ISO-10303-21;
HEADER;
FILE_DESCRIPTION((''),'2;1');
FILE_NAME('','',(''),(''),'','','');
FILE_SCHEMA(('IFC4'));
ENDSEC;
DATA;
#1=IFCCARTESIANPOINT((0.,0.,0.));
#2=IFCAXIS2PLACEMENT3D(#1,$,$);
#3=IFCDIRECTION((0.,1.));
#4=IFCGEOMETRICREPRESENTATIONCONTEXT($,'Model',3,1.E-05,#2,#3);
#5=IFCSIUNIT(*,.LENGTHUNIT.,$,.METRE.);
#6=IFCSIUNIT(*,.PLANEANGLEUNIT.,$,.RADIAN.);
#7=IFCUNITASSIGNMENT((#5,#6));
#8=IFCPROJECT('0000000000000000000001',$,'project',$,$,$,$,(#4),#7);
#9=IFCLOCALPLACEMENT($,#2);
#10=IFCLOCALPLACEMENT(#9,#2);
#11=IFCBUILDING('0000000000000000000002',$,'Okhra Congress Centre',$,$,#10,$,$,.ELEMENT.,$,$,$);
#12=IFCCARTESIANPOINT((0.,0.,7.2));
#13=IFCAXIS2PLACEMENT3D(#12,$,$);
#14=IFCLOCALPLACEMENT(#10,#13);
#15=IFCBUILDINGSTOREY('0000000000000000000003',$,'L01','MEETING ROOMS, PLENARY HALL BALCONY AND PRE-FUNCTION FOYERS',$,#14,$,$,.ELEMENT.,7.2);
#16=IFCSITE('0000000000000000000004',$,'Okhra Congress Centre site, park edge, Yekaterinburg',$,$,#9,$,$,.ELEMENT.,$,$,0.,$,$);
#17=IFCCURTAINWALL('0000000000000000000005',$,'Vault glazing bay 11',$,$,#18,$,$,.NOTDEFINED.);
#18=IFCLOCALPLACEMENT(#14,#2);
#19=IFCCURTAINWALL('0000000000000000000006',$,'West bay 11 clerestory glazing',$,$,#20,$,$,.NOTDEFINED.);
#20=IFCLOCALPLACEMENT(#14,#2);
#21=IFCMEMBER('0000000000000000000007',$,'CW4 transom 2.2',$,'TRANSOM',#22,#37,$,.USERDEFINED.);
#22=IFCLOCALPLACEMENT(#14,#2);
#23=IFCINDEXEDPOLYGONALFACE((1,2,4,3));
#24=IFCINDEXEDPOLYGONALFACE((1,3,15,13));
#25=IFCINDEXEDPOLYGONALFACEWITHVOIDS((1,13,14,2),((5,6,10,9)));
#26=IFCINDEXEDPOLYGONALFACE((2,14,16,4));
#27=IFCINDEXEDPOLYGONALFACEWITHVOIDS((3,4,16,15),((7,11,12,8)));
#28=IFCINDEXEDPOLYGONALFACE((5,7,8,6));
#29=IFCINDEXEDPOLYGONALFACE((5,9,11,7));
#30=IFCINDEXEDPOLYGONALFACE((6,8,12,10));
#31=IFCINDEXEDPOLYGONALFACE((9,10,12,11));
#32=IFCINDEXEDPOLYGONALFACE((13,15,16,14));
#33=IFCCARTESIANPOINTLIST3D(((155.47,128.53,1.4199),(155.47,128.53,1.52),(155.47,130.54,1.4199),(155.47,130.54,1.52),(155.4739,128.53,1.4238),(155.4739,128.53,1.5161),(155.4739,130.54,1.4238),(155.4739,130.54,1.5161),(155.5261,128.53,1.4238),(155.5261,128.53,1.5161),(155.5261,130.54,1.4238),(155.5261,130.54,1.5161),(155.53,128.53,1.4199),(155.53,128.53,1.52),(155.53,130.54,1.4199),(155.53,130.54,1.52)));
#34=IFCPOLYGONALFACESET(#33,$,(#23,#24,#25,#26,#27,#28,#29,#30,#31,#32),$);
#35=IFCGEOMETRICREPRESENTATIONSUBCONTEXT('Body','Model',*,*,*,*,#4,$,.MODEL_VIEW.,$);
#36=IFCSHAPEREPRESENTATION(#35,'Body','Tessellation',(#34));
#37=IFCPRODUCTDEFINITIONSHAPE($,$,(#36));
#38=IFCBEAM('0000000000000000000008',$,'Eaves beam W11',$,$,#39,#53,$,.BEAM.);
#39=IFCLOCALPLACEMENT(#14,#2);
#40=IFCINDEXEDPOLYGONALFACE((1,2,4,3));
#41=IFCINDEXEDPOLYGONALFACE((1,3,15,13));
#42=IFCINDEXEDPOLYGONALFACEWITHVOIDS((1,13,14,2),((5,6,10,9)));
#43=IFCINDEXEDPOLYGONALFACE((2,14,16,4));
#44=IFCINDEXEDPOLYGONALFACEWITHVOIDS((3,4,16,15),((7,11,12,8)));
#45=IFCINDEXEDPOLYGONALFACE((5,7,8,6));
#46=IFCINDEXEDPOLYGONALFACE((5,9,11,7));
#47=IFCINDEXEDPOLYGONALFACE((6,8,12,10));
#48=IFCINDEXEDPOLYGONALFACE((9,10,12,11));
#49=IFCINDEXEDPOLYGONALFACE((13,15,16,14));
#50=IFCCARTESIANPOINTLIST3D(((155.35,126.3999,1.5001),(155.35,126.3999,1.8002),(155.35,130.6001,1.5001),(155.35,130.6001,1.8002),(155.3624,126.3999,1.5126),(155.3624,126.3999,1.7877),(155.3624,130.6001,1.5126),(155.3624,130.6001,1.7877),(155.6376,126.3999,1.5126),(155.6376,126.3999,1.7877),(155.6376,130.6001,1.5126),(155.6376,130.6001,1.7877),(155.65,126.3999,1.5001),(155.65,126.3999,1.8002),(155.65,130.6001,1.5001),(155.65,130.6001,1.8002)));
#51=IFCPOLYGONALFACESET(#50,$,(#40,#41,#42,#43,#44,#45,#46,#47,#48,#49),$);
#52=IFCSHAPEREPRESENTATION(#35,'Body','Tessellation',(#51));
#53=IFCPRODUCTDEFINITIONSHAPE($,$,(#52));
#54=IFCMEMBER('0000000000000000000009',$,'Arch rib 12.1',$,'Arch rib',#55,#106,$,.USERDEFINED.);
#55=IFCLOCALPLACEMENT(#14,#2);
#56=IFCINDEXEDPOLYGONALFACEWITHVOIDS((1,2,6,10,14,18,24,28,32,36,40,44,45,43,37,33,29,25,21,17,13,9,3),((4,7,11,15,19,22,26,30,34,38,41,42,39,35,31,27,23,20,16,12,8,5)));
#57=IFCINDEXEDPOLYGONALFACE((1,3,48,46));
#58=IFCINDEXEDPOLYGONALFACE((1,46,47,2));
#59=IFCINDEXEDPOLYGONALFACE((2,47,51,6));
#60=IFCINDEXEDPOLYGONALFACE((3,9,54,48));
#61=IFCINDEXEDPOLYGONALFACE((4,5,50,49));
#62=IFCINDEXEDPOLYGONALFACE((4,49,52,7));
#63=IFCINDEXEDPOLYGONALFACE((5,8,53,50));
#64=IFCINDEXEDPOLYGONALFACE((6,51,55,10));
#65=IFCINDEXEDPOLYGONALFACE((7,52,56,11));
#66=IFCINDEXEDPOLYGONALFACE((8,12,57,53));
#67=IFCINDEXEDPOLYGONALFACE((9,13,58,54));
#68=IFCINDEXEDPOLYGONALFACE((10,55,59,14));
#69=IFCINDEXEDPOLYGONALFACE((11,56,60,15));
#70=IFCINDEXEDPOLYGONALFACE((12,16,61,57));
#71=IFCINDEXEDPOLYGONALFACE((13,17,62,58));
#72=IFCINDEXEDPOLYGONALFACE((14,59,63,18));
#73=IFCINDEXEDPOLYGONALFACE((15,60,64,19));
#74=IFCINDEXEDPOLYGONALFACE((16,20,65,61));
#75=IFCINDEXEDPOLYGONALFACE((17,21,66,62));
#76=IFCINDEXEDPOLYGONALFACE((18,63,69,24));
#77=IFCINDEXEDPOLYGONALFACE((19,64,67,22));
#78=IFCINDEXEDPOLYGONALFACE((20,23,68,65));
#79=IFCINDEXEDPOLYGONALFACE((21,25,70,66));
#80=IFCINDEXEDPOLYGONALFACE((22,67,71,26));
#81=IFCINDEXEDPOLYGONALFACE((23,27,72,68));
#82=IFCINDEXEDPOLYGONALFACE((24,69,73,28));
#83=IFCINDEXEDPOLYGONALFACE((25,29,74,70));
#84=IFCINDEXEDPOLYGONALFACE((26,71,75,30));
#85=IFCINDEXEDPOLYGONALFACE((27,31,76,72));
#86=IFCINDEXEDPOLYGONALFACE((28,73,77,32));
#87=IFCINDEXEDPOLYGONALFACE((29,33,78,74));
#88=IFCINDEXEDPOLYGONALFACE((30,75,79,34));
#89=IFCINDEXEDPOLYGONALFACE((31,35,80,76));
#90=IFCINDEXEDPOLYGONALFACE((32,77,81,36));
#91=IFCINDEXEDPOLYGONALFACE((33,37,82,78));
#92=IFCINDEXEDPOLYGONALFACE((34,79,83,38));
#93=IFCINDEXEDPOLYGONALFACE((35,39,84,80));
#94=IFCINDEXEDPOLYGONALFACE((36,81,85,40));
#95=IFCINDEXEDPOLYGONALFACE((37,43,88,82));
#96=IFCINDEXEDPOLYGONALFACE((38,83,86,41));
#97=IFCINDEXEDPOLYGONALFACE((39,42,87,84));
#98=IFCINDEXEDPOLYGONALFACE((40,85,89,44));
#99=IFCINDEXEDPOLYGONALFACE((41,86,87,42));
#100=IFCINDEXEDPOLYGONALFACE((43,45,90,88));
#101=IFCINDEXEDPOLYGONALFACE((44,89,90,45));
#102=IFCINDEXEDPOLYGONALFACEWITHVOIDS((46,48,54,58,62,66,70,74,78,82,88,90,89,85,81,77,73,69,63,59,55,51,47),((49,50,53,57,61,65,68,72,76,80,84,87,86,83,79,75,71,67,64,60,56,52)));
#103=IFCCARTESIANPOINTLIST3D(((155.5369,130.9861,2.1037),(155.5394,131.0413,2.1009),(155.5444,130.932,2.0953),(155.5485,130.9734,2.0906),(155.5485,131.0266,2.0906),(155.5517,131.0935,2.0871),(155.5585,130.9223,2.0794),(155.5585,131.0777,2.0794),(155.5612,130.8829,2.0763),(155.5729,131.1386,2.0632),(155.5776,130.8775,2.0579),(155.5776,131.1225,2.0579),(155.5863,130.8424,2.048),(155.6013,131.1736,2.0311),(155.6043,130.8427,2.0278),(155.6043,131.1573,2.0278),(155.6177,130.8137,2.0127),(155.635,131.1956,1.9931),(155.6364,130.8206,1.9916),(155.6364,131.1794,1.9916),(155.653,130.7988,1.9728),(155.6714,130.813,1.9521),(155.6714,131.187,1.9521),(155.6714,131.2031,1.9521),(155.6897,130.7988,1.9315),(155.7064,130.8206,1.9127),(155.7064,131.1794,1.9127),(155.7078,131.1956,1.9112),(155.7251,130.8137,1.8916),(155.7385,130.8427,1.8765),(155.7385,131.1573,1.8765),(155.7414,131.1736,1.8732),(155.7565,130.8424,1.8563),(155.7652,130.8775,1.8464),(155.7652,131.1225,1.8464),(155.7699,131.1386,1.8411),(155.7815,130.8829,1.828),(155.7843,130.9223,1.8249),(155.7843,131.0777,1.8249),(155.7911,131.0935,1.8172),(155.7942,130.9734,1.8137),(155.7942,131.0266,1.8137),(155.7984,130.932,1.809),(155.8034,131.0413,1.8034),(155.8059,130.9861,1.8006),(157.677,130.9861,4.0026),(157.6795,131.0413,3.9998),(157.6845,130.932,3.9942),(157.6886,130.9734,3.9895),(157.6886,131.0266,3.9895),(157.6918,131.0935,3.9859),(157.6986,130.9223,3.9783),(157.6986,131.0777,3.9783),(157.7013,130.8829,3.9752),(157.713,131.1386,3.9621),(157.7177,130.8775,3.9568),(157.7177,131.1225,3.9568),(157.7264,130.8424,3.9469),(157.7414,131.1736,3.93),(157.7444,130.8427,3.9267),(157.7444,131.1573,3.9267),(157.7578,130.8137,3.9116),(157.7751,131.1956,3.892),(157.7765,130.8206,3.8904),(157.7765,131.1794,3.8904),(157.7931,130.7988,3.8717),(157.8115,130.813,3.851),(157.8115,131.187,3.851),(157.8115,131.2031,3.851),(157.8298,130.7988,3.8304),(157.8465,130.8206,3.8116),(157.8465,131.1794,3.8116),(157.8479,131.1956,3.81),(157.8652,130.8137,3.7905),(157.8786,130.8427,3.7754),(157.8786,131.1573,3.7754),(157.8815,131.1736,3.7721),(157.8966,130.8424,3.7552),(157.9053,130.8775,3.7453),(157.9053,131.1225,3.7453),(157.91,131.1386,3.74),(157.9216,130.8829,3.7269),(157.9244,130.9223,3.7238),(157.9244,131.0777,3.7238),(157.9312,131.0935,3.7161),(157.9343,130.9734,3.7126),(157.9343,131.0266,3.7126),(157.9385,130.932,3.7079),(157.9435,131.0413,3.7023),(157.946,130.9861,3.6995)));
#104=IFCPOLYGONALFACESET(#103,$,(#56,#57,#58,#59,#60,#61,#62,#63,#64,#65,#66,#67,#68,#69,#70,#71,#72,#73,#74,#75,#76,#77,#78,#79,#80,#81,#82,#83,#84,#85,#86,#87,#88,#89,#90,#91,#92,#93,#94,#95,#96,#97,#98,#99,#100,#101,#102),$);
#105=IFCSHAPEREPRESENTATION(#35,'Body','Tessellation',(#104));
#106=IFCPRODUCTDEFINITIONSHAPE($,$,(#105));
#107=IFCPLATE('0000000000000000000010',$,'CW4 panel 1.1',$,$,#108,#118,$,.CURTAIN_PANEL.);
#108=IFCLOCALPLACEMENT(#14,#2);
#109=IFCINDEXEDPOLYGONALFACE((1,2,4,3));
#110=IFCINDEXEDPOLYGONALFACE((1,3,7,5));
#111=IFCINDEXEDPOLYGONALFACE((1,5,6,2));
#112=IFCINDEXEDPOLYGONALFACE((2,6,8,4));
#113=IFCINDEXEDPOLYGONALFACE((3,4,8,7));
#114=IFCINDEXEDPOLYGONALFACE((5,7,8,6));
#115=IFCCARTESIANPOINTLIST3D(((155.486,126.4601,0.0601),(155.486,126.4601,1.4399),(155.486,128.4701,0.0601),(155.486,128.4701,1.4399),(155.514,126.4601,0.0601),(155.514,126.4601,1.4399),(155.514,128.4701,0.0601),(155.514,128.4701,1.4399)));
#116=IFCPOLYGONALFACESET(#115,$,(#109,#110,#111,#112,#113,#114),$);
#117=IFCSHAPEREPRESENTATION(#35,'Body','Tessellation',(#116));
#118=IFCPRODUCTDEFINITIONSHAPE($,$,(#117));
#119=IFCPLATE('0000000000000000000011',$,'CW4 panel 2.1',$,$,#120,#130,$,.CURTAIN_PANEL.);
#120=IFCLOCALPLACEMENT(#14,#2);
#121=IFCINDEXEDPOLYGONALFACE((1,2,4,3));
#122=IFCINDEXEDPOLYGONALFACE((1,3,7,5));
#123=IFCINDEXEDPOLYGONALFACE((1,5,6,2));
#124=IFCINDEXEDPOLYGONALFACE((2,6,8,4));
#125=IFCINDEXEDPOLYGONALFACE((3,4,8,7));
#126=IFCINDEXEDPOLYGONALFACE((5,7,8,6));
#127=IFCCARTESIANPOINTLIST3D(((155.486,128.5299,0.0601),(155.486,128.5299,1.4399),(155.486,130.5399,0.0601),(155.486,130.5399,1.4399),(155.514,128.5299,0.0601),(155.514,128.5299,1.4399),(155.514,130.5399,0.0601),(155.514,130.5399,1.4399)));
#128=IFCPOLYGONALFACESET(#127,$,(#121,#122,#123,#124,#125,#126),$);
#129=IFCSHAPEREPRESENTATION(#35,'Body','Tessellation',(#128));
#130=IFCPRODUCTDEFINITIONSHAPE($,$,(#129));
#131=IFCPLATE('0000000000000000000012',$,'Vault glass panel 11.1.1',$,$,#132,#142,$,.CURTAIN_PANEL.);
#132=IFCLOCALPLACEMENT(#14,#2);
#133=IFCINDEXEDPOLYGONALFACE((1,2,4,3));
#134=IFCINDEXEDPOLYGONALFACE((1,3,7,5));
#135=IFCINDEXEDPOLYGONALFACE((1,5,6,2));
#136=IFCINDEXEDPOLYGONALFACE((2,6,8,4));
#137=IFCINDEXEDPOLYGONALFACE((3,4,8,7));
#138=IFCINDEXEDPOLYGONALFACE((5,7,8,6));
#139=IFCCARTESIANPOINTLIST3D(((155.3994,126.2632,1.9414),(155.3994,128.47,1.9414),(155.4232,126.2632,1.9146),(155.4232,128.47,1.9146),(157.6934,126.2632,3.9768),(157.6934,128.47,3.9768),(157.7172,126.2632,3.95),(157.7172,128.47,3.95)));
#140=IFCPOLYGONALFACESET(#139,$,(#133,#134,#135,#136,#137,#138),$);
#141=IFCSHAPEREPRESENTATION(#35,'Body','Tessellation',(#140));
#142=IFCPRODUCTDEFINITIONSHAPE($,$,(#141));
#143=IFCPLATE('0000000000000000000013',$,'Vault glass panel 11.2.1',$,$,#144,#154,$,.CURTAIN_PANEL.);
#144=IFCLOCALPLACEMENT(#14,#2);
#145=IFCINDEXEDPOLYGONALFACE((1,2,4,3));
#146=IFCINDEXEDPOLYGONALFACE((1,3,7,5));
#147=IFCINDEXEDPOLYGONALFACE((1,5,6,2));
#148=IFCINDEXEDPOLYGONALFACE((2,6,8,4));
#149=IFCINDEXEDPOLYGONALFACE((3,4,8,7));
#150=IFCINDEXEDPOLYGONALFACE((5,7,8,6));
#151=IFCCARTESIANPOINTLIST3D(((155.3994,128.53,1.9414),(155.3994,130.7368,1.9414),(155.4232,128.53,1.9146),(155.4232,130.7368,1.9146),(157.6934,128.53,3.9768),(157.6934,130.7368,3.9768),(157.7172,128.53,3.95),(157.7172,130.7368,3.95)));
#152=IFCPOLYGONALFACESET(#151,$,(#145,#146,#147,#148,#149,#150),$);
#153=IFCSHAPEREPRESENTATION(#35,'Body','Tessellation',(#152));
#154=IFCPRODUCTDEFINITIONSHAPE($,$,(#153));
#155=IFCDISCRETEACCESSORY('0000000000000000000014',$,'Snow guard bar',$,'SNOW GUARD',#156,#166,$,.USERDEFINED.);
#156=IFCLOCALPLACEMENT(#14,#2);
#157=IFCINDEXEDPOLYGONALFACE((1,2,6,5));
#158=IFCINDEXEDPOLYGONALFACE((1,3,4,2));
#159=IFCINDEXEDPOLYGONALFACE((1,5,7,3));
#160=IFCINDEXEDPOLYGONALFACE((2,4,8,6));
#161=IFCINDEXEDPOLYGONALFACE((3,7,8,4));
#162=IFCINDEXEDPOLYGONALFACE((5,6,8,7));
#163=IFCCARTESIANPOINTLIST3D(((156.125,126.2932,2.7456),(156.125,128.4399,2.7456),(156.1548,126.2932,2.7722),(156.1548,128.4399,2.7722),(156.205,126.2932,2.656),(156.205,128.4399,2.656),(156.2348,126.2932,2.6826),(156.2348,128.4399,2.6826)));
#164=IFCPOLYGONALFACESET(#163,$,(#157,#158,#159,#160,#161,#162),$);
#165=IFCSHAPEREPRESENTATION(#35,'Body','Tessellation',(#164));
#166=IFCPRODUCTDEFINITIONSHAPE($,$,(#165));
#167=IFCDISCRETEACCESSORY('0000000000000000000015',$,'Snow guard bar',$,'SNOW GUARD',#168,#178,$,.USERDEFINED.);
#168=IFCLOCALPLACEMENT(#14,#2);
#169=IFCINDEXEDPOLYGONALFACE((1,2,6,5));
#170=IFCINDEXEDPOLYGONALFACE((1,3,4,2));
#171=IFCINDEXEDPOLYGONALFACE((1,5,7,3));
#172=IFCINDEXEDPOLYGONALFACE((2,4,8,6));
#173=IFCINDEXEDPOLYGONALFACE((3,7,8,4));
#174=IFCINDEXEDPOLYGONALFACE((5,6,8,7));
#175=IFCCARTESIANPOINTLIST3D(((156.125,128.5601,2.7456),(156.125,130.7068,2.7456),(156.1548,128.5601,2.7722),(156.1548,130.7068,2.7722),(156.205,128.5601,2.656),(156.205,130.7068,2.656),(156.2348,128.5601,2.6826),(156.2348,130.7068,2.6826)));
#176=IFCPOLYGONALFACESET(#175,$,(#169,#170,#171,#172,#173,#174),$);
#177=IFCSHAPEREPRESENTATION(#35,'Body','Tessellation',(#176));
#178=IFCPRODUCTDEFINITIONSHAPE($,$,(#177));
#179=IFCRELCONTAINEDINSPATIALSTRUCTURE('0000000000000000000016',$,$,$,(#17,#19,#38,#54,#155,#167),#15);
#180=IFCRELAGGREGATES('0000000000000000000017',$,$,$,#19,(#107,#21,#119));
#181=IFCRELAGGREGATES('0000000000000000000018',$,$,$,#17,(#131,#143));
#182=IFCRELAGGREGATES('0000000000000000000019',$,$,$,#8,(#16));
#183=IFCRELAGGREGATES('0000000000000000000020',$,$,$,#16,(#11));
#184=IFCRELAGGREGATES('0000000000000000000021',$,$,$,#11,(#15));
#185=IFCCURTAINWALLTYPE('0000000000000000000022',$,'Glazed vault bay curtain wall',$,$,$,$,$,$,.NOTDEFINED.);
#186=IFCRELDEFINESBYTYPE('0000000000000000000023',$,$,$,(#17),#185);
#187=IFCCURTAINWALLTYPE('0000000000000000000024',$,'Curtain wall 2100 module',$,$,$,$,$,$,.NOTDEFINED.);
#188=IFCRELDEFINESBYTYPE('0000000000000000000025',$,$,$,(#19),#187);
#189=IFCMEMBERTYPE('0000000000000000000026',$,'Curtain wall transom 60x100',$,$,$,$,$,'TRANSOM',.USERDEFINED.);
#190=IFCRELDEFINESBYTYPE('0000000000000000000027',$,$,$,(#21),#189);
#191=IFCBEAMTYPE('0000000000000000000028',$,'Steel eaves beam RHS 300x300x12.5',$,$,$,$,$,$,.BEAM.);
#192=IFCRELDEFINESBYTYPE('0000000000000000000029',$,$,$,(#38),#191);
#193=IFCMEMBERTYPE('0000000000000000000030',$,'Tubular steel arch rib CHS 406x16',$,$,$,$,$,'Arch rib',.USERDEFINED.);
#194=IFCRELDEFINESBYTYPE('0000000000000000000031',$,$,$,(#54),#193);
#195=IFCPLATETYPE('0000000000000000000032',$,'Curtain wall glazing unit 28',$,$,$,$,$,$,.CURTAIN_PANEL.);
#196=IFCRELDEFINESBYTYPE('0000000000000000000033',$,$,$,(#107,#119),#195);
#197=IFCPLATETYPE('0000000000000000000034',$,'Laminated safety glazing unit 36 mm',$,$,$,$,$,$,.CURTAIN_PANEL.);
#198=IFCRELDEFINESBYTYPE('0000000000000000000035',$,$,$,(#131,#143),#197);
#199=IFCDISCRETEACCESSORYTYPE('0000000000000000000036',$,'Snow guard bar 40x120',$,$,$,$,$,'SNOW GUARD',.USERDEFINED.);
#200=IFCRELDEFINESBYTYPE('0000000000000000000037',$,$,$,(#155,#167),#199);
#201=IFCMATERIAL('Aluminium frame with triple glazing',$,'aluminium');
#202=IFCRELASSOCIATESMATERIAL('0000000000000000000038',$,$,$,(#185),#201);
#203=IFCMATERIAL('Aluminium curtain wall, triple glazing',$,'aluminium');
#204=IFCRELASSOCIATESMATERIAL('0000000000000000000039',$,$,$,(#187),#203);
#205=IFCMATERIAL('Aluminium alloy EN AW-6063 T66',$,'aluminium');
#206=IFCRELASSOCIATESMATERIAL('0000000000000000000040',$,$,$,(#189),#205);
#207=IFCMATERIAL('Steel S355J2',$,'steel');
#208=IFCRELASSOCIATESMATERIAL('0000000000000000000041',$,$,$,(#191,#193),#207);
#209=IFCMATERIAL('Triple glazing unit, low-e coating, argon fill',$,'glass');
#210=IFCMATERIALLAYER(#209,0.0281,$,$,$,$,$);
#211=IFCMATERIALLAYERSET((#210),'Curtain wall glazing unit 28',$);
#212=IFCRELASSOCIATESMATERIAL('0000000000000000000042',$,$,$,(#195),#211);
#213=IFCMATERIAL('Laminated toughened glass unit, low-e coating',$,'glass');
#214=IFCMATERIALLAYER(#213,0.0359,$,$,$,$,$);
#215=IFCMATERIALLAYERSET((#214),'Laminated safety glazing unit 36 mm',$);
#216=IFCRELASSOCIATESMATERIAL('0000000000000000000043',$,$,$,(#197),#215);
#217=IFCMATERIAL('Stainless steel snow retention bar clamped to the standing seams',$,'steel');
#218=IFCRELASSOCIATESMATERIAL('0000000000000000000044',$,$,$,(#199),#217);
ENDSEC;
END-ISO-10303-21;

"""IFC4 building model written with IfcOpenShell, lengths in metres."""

from ifc_helpers import new_model, si_unit, direction, frame, origin, origin_2d, place, context, subcontext, project, spatial, polyline, rectangle, hollow_rectangle, hollow_circle, outline, extrude, material, layer, layer_set, material_profile, profile_set, type_object, element, aggregate, save


model = new_model("IFC4")

# Units and contexts
model_context = context("Model", 3, precision=1e-05, world=origin(), true_north=direction((0.0, 1.0)))
body_context = subcontext(model_context, "Body", "Model", "MODEL_VIEW")
ifc_project = project(units=[si_unit("LENGTHUNIT", "METRE"), si_unit("PLANEANGLEUNIT", "RADIAN")], contexts=[model_context])

# Site, building, storey
site_placement = place(None, origin())
site = spatial("IfcSite", under=ifc_project, at=site_placement, Name="Okhra Congress Centre site, park edge, Yekaterinburg", CompositionType="ELEMENT", RefElevation=0.0)
building_placement = place(site_placement, origin())
building = spatial("IfcBuilding", under=site, at=building_placement, Name="Okhra Congress Centre", CompositionType="ELEMENT")
storey_placement = place(building_placement, frame((0.0, 0.0, 7.2)))
storey = spatial("IfcBuildingStorey", under=building, at=storey_placement, Name="L01", Description="MEETING ROOMS, PLENARY HALL BALCONY AND PRE-FUNCTION FOYERS", CompositionType="ELEMENT", Elevation=7.2)

# Curtain walls, member
ifc_material_1 = material(Name="Aluminium frame with triple glazing", Category="aluminium")
curtain_wall_type_1 = type_object("IfcCurtainWallType", Name="Glazed vault bay curtain wall", PredefinedType="NOTDEFINED", material=ifc_material_1)
curtain_wall_1_placement = place(storey_placement, origin())
curtain_wall_1 = element("IfcCurtainWall", 1, at=curtain_wall_1_placement, inside=storey, type_object=curtain_wall_type_1, Name="Vault glazing bay 11", PredefinedType="NOTDEFINED")
ifc_material_2 = material(Name="Aluminium curtain wall, triple glazing", Category="aluminium")
curtain_wall_type_2 = type_object("IfcCurtainWallType", Name="Curtain wall 2100 module", PredefinedType="NOTDEFINED", material=ifc_material_2)
curtain_wall_2_placement = place(storey_placement, origin())
curtain_wall_2 = element("IfcCurtainWall", 2, at=curtain_wall_2_placement, inside=storey, type_object=curtain_wall_type_2, Name="West bay 11 clerestory glazing", PredefinedType="NOTDEFINED")
ifc_material_3 = material(Name="Aluminium alloy EN AW-6063 T66", Category="aluminium")
ifc_material_profile_1 = material_profile(ifc_material_3, hollow_rectangle(XDim=0.0601, YDim=0.1001, WallThickness=0.0039, at=origin_2d()), Name="RHS 60x100x4")
ifc_profile_set_1 = profile_set([ifc_material_profile_1], Name="Aluminium alloy EN AW-6063 T66")
member_type_1 = type_object("IfcMemberType", Name="Curtain wall transom 60x100", ElementType="TRANSOM", PredefinedType="USERDEFINED", material=ifc_profile_set_1)
member_1_placement = place(storey_placement, frame((155.5, 128.53, 1.47), z_axis=(0.0, 1.0, 0.0), x_axis=(-1.0, 0.0, 0.0)))
member_1 = element("IfcMember", 3, at=member_1_placement, type_object=member_type_1, Name="CW4 transom 2.2", ObjectType="TRANSOM", PredefinedType="USERDEFINED", context=body_context, shape_type="SweptSolid", body=[
    extrude(hollow_rectangle(XDim=0.0601, YDim=0.1001, WallThickness=0.0039, at=origin_2d()), origin(), (0.0, 0.0, 1.0), 2.01),
])

# Beam
ifc_material_4 = material(Name="Steel S355J2", Category="steel")
ifc_material_profile_2 = material_profile(ifc_material_4, hollow_rectangle(XDim=0.3, YDim=0.3, WallThickness=0.0125, at=origin_2d()), Name="RHS 300x300x12.5")
ifc_profile_set_2 = profile_set([ifc_material_profile_2], Name="Steel S355J2")
beam_type = type_object("IfcBeamType", Name="Steel eaves beam RHS 300x300x12.5", PredefinedType="BEAM", material=ifc_profile_set_2)
beam_placement = place(storey_placement, frame((155.5, 126.3999, 1.6501), z_axis=(0.0, 1.0, 0.0), x_axis=(-1.0, 0.0, 0.0)))
element("IfcBeam", 4, at=beam_placement, inside=storey, type_object=beam_type, Name="Eaves beam W11", PredefinedType="BEAM", context=body_context, shape_type="SweptSolid", body=[
    extrude(hollow_rectangle(XDim=0.3, YDim=0.3, WallThickness=0.0125, at=origin_2d()), origin(), (0.0, 0.0, 1.0), 4.2002),
])

# Member
ifc_material_profile_3 = material_profile(ifc_material_4, hollow_circle(Radius=0.2031, WallThickness=0.0161, at=origin_2d()), Name="CHS 406.4x16")
ifc_profile_set_3 = profile_set([ifc_material_profile_3], Name="Steel S355J2")
member_type_2 = type_object("IfcMemberType", Name="Tubular steel arch rib CHS 406x16", ElementType="Arch rib", PredefinedType="USERDEFINED", material=ifc_profile_set_3)
member_2_placement = place(storey_placement, frame((155.6714, 131.0, 1.9521), z_axis=(0.748002, 0.0, 0.663696), x_axis=(0.0, 1.0, 0.0)))
element("IfcMember", 5, at=member_2_placement, inside=storey, type_object=member_type_2, Name="Arch rib 12.1", ObjectType="Arch rib", PredefinedType="USERDEFINED", context=body_context, shape_type="SweptSolid", body=[
    extrude(hollow_circle(Radius=0.2031, WallThickness=0.0161, at=origin_2d()), origin(), (0.0, 0.0, 1.0), 2.8611),
])

# Plates
ifc_material_5 = material(Name="Triple glazing unit, low-e coating, argon fill", Category="glass")
ifc_layer_1 = layer(ifc_material_5, 0.0281)
ifc_layer_set_1 = layer_set([ifc_layer_1], Name="Curtain wall glazing unit 28")
plate_type_1 = type_object("IfcPlateType", Name="Curtain wall glazing unit 28", PredefinedType="CURTAIN_PANEL", material=ifc_layer_set_1)
plate_1_placement = place(storey_placement, frame((155.5, 127.4651, 0.0601), z_axis=(0.0, 0.0, 1.0), x_axis=(0.0, 1.0, 0.0)))
plate_1 = element("IfcPlate", 6, at=plate_1_placement, type_object=plate_type_1, Name="CW4 panel 1.1", PredefinedType="CURTAIN_PANEL", context=body_context, shape_type="SweptSolid", body=[
    extrude(rectangle(XDim=2.01, YDim=0.0281, at=origin_2d()), origin(), (0.0, 0.0, 1.0), 1.3799),
])
plate_2_placement = place(storey_placement, frame((155.5, 129.5349, 0.0601), z_axis=(0.0, 0.0, 1.0), x_axis=(0.0, 1.0, 0.0)))
plate_2 = element("IfcPlate", 7, at=plate_2_placement, type_object=plate_type_1, Name="CW4 panel 2.1", PredefinedType="CURTAIN_PANEL", context=body_context, shape_type="SweptSolid", body=[
    extrude(rectangle(XDim=2.01, YDim=0.0281, at=origin_2d()), origin(), (0.0, 0.0, 1.0), 1.3799),
])
aggregate(curtain_wall_2, [plate_1, member_1, plate_2])
ifc_material_6 = material(Name="Laminated toughened glass unit, low-e coating", Category="glass")
ifc_layer_2 = layer(ifc_material_6, 0.0359)
ifc_layer_set_2 = layer_set([ifc_layer_2], Name="Laminated safety glazing unit 36 mm")
plate_type_2 = type_object("IfcPlateType", Name="Laminated safety glazing unit 36 mm", PredefinedType="CURTAIN_PANEL", material=ifc_layer_set_2)
plate_3_placement = place(storey_placement, frame((155.3994, 126.2632, 1.9414), z_axis=(-0.663697, 0.0, 0.748002), x_axis=(0.748002, 0.0, 0.663697)))
plate_3 = element("IfcPlate", 8, at=plate_3_placement, type_object=plate_type_2, Name="Vault glass panel 11.1.1", PredefinedType="CURTAIN_PANEL", context=body_context, shape_type="SweptSolid", body=[
    extrude(outline(polyline([(0.0, 0.0), (3.0668, 0.0), (3.0668, 2.2068), (0.0, 2.2068), (0.0, 0.0)])), origin(), (0.0, 0.0, -1.0), 0.0359),
])
plate_4_placement = place(storey_placement, frame((155.3994, 128.53, 1.9414), z_axis=(-0.663697, 0.0, 0.748002), x_axis=(0.748002, 0.0, 0.663697)))
plate_4 = element("IfcPlate", 9, at=plate_4_placement, type_object=plate_type_2, Name="Vault glass panel 11.2.1", PredefinedType="CURTAIN_PANEL", context=body_context, shape_type="SweptSolid", body=[
    extrude(outline(polyline([(0.0, 0.0), (3.0668, 0.0), (3.0668, 2.2068), (0.0, 2.2068), (0.0, 0.0)])), origin(), (0.0, 0.0, -1.0), 0.0359),
])
aggregate(curtain_wall_1, [plate_3, plate_4])

# Discrete accessories
ifc_material_7 = material(Name="Stainless steel snow retention bar clamped to the standing seams", Category="steel")
discrete_accessory_type = type_object("IfcDiscreteAccessoryType", Name="Snow guard bar 40x120", ElementType="SNOW GUARD", PredefinedType="USERDEFINED", material=ifc_material_7)
for number, where, z_axis, x_axis, name in (
    (10, (156.125, 126.2932, 2.7456), (-0.666259, 0.0, 0.745721), (0.745721, 0.0, 0.666259), "Snow guard bar"),
    (11, (156.125, 128.5601, 2.7456), (-0.666259, 0.0, 0.745721), (0.745721, 0.0, 0.666259), "Snow guard bar"),
):
    element("IfcDiscreteAccessory", number, at=place(storey_placement, frame(where, z_axis=z_axis, x_axis=x_axis)), inside=storey, type_object=discrete_accessory_type, Name=name, ObjectType="SNOW GUARD", PredefinedType="USERDEFINED", context=body_context, shape_type="SweptSolid", body=[
        extrude(outline(polyline([(0.0, 0.0), (0.0399, 0.0), (0.0399, 2.1467), (0.0, 2.1467), (0.0, 0.0)])), origin(), (0.0, 0.0, -1.0), 0.1201),
    ])

save(model, "model.ifc")
